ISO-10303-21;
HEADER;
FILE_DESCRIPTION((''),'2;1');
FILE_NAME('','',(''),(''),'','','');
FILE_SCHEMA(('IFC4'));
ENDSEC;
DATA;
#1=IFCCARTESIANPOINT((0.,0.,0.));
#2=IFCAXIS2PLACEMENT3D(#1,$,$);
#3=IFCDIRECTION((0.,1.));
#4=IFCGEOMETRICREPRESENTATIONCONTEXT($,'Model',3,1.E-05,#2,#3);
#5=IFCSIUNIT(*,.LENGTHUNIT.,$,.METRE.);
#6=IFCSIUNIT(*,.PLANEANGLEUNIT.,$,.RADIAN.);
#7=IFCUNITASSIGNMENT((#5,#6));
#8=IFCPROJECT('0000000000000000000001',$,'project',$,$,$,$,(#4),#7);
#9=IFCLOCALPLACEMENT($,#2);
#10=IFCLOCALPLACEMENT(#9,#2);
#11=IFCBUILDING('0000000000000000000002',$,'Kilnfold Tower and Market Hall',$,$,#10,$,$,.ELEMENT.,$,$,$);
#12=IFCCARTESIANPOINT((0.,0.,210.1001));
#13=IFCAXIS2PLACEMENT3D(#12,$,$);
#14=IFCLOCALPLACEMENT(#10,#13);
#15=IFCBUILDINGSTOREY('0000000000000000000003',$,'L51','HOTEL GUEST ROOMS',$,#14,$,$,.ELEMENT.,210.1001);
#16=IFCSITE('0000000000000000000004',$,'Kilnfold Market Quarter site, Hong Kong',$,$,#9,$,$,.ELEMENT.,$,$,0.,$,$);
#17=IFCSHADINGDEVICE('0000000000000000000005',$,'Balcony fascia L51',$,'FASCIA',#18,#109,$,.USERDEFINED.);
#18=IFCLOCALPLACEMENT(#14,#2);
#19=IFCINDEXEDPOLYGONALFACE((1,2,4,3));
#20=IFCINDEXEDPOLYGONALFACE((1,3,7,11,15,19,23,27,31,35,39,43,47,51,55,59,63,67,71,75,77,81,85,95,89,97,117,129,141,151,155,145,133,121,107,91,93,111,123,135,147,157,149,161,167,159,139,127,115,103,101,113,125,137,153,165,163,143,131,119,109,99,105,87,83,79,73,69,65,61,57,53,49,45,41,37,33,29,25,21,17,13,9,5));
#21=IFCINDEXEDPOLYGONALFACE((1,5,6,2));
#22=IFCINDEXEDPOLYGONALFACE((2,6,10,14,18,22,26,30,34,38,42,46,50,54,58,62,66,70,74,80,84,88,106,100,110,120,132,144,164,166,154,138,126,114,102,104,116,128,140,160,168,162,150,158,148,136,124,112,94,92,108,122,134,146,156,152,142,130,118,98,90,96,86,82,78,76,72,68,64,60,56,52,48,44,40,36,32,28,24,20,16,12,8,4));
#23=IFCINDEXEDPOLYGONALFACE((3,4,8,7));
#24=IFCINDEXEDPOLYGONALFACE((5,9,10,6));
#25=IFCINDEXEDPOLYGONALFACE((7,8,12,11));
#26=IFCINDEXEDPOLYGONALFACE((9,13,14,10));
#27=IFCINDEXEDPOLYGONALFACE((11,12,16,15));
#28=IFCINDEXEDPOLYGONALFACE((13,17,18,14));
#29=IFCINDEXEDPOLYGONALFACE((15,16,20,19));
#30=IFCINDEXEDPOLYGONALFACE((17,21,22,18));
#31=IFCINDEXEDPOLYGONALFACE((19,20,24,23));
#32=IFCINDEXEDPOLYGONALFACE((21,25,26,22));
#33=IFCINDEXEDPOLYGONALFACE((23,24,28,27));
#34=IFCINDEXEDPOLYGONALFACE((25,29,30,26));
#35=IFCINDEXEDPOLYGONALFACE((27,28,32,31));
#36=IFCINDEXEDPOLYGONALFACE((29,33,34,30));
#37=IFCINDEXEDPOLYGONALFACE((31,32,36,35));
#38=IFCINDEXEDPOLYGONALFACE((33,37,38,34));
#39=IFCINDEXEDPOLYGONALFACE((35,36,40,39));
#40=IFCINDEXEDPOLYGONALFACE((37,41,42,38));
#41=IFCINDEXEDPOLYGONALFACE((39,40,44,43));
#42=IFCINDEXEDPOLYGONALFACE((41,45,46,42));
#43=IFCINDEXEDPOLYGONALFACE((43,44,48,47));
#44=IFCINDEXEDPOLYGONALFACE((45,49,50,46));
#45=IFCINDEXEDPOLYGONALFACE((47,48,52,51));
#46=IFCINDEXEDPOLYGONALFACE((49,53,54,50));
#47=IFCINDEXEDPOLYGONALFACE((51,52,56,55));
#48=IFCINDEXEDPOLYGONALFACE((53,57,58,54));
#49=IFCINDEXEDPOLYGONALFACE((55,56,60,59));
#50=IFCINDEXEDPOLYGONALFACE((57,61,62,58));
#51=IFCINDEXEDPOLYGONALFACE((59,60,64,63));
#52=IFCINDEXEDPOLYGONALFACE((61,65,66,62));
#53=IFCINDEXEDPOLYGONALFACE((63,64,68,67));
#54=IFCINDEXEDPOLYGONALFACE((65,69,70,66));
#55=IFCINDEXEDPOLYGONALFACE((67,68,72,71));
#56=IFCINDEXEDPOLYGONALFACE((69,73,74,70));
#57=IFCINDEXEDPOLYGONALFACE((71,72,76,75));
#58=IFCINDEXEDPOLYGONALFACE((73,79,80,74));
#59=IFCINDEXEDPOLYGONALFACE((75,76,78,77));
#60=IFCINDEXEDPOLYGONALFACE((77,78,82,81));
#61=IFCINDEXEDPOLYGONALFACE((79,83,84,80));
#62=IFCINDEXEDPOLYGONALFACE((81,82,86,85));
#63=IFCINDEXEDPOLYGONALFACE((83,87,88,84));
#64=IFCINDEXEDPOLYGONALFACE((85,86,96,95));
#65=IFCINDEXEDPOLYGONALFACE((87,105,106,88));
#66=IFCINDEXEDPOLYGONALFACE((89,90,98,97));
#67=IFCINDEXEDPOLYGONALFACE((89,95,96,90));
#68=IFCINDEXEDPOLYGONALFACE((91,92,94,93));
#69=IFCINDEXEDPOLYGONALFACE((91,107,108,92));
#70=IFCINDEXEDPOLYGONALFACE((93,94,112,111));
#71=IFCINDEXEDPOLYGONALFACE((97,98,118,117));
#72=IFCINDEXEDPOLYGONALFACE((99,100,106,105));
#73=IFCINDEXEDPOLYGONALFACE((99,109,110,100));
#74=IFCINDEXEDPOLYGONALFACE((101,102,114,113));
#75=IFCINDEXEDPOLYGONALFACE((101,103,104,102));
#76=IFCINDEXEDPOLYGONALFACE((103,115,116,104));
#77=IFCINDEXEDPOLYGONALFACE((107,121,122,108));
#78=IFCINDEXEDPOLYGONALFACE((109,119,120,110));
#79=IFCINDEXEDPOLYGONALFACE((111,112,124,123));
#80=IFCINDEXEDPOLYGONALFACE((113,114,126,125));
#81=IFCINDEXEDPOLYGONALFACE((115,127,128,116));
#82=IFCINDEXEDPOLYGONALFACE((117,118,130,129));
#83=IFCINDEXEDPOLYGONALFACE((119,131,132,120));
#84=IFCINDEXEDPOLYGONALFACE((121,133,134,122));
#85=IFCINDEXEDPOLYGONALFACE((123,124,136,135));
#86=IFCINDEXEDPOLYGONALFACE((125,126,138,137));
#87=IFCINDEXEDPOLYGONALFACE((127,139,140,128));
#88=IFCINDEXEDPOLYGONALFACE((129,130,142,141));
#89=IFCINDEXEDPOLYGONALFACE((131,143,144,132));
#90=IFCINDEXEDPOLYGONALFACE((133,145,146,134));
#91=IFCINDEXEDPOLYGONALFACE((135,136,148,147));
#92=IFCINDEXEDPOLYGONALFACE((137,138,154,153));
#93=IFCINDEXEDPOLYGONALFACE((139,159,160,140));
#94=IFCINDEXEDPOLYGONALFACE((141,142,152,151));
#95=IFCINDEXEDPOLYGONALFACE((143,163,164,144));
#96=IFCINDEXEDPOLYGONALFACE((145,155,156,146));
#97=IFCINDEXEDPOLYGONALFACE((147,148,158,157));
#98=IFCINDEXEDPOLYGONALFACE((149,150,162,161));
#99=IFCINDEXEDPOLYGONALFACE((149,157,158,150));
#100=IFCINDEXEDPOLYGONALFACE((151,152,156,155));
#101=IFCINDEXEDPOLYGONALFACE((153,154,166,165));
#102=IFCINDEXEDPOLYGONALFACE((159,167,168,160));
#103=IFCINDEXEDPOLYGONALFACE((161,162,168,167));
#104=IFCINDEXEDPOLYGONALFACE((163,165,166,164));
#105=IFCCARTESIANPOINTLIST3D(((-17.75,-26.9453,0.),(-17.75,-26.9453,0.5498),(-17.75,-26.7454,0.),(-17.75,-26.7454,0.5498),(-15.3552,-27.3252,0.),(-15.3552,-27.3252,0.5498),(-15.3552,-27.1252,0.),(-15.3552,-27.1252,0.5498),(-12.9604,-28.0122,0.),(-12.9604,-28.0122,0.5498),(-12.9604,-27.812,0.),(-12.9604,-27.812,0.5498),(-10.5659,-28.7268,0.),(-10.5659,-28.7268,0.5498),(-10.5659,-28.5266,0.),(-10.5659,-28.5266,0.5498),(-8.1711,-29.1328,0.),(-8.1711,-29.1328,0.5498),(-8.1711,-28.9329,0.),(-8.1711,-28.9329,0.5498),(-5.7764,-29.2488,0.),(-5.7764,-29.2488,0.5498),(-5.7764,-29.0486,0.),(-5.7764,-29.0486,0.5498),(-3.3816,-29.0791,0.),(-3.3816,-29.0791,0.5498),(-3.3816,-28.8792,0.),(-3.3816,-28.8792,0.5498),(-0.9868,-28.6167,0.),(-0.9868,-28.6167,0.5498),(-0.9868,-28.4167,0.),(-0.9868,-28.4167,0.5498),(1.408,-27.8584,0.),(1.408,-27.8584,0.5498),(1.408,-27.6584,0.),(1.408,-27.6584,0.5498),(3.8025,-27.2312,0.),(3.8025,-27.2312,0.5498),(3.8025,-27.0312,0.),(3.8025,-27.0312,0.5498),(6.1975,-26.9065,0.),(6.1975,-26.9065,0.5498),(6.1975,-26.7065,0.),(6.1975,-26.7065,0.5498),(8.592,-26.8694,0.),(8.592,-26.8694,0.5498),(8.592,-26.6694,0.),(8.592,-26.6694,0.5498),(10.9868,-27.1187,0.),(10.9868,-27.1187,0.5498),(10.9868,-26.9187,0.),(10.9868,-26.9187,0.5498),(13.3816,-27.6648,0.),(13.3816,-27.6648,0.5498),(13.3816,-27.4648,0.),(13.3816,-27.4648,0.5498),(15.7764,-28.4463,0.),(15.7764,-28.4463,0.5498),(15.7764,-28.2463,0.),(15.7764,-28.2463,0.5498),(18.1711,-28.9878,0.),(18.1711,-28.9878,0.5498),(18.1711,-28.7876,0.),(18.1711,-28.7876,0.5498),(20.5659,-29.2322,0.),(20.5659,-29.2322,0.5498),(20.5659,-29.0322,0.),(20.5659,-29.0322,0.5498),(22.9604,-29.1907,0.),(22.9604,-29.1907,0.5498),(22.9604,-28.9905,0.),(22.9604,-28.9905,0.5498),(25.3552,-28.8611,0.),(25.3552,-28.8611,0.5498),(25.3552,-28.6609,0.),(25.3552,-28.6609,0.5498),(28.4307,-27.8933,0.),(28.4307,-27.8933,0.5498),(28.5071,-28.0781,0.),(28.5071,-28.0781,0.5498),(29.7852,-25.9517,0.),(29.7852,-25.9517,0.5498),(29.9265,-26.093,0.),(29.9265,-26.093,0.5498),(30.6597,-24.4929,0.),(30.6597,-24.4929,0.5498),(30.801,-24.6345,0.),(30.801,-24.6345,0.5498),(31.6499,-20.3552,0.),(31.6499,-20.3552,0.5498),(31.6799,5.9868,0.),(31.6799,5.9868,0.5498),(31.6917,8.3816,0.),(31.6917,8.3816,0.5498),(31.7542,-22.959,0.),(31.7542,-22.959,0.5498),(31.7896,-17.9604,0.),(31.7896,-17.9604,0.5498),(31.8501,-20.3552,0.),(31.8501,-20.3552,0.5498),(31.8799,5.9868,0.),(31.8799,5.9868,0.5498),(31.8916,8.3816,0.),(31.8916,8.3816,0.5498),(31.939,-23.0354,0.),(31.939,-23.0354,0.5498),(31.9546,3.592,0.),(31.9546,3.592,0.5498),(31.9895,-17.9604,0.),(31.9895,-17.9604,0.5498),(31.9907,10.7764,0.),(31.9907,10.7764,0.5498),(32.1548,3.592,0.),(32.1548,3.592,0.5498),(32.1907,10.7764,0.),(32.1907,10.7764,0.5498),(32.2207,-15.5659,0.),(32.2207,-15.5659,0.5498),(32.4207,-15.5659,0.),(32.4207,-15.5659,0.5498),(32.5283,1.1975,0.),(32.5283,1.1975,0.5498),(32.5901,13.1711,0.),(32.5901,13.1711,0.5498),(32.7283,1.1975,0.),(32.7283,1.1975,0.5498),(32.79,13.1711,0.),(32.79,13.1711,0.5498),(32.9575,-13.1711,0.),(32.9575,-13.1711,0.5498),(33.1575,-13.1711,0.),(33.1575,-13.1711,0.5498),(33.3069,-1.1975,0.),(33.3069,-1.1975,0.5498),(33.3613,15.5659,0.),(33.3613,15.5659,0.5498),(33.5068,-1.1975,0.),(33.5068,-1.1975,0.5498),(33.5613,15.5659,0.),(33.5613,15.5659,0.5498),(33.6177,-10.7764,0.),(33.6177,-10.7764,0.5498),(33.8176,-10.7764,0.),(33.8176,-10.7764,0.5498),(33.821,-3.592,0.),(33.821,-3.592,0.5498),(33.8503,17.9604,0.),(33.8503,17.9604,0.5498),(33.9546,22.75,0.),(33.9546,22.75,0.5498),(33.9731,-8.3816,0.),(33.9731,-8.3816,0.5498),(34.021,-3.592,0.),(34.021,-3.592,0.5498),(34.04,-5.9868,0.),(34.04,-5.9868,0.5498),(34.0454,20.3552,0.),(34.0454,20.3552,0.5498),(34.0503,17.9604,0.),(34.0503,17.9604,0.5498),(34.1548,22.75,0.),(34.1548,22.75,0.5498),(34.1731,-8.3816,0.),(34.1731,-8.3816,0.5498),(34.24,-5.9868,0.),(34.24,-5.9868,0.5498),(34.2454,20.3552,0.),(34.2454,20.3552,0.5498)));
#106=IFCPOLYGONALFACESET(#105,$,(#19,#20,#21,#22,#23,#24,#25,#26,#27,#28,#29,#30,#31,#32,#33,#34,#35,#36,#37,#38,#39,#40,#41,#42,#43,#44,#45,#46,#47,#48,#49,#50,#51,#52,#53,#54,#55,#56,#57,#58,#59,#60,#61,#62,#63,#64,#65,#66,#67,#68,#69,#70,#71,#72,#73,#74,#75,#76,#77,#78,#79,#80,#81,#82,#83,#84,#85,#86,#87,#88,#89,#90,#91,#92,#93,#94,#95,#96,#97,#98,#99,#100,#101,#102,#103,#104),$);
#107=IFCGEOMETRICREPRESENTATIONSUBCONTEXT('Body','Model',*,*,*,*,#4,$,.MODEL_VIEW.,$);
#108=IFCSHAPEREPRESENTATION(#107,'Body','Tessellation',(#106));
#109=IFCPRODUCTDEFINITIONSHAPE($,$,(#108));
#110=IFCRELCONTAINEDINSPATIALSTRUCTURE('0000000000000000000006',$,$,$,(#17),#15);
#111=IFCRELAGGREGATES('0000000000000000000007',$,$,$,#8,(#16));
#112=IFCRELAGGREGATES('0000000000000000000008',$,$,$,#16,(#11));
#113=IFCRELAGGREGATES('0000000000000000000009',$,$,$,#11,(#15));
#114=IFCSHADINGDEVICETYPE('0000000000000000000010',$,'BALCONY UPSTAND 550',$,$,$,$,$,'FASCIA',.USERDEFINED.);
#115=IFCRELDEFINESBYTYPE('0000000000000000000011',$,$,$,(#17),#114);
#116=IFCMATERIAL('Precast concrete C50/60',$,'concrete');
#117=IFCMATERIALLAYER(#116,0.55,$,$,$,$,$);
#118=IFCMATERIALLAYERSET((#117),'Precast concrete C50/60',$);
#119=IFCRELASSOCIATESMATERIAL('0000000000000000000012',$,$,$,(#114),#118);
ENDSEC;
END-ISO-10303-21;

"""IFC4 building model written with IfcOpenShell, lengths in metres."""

from ifc_helpers import new_model, si_unit, direction, frame, origin, place, context, subcontext, project, spatial, polyline, outline, extrude, source, transform, mapped, material, layer, layer_set, type_object, element, save


model = new_model("IFC4")

# Units and contexts
model_context = context("Model", 3, precision=1e-05, world=origin(), true_north=direction((0.0, 1.0)))
body_context = subcontext(model_context, "Body", "Model", "MODEL_VIEW")
ifc_project = project(units=[si_unit("LENGTHUNIT", "METRE"), si_unit("PLANEANGLEUNIT", "RADIAN")], contexts=[model_context])

# Site, building, storey
site_placement = place(None, origin())
site = spatial("IfcSite", under=ifc_project, at=site_placement, Name="Kilnfold Market Quarter site, Hong Kong", CompositionType="ELEMENT", RefElevation=0.0)
building_placement = place(site_placement, origin())
building = spatial("IfcBuilding", under=site, at=building_placement, Name="Kilnfold Tower and Market Hall", CompositionType="ELEMENT")
storey_placement = place(building_placement, frame((0.0, 0.0, 210.1001)))
storey = spatial("IfcBuildingStorey", under=building, at=storey_placement, Name="L51", Description="HOTEL GUEST ROOMS", CompositionType="ELEMENT", Elevation=210.1001)

# Shading device
ifc_material_1 = material(Name="Precast concrete C50/60", Category="concrete")
ifc_layer_1 = layer(ifc_material_1, 0.55)
ifc_layer_set_1 = layer_set([ifc_layer_1], Name="Precast concrete C50/60")
shading_device_type_1 = type_object("IfcShadingDeviceType", Name="BALCONY UPSTAND 550", ElementType="FASCIA", PredefinedType="USERDEFINED", material=ifc_layer_set_1)
shared_shape_1 = source(origin(), body_context, "Body", "SweptSolid", [
    extrude(outline(polyline([(-17.75, -26.9453), (-15.3552, -27.3252), (-12.9604, -28.0122), (-10.5659, -28.7268), (-8.1711, -29.1328), (-5.7764, -29.2488), (-3.3816, -29.0791), (-0.9868, -28.6167), (1.408, -27.8584), (3.8025, -27.2312), (6.1975, -26.9065), (8.592, -26.8694), (10.9868, -27.1187), (13.3816, -27.6648), (15.7764, -28.4463), (18.1711, -28.9878), (20.5659, -29.2322), (22.9604, -29.1907), (25.3552, -28.8611), (28.5071, -28.0781), (29.9265, -26.093), (30.801, -24.6345), (31.939, -23.0354), (31.8501, -20.3552), (31.9895, -17.9604), (32.4207, -15.5659), (33.1575, -13.1711), (33.8176, -10.7764), (34.1731, -8.3816), (34.24, -5.9868), (34.021, -3.592), (33.5068, -1.1975), (32.7283, 1.1975), (32.1548, 3.592), (31.8799, 5.9868), (31.8916, 8.3816), (32.1907, 10.7764), (32.79, 13.1711), (33.5613, 15.5659), (34.0503, 17.9604), (34.2454, 20.3552), (34.1548, 22.75), (33.9546, 22.75), (34.0454, 20.3552), (33.8503, 17.9604), (33.3613, 15.5659), (32.5901, 13.1711), (31.9907, 10.7764), (31.6917, 8.3816), (31.6799, 5.9868), (31.9546, 3.592), (32.5283, 1.1975), (33.3069, -1.1975), (33.821, -3.592), (34.04, -5.9868), (33.9731, -8.3816), (33.6177, -10.7764), (32.9575, -13.1711), (32.2207, -15.5659), (31.7896, -17.9604), (31.6499, -20.3552), (31.7542, -22.959), (30.6597, -24.4929), (29.7852, -25.9517), (28.4307, -27.8933), (25.3552, -28.6609), (22.9604, -28.9905), (20.5659, -29.0322), (18.1711, -28.7876), (15.7764, -28.2463), (13.3816, -27.4648), (10.9868, -26.9187), (8.592, -26.6694), (6.1975, -26.7065), (3.8025, -27.0312), (1.408, -27.6584), (-0.9868, -28.4167), (-3.3816, -28.8792), (-5.7764, -29.0486), (-8.1711, -28.9329), (-10.5659, -28.5266), (-12.9604, -27.812), (-15.3552, -27.1252), (-17.75, -26.7454), (-17.75, -26.9453)])), origin(), (0.0, 0.0, 1.0), 0.5498),
])
shading_device_1_placement = place(storey_placement, origin())
element("IfcShadingDevice", 1, at=shading_device_1_placement, inside=storey, type_object=shading_device_type_1, Name="Balcony fascia L51", ObjectType="FASCIA", PredefinedType="USERDEFINED", context=body_context, shape_type="MappedRepresentation", body=[
    mapped(shared_shape_1, transform((0.0, 0.0, 0.0))),
])

save(model, "model.ifc")
